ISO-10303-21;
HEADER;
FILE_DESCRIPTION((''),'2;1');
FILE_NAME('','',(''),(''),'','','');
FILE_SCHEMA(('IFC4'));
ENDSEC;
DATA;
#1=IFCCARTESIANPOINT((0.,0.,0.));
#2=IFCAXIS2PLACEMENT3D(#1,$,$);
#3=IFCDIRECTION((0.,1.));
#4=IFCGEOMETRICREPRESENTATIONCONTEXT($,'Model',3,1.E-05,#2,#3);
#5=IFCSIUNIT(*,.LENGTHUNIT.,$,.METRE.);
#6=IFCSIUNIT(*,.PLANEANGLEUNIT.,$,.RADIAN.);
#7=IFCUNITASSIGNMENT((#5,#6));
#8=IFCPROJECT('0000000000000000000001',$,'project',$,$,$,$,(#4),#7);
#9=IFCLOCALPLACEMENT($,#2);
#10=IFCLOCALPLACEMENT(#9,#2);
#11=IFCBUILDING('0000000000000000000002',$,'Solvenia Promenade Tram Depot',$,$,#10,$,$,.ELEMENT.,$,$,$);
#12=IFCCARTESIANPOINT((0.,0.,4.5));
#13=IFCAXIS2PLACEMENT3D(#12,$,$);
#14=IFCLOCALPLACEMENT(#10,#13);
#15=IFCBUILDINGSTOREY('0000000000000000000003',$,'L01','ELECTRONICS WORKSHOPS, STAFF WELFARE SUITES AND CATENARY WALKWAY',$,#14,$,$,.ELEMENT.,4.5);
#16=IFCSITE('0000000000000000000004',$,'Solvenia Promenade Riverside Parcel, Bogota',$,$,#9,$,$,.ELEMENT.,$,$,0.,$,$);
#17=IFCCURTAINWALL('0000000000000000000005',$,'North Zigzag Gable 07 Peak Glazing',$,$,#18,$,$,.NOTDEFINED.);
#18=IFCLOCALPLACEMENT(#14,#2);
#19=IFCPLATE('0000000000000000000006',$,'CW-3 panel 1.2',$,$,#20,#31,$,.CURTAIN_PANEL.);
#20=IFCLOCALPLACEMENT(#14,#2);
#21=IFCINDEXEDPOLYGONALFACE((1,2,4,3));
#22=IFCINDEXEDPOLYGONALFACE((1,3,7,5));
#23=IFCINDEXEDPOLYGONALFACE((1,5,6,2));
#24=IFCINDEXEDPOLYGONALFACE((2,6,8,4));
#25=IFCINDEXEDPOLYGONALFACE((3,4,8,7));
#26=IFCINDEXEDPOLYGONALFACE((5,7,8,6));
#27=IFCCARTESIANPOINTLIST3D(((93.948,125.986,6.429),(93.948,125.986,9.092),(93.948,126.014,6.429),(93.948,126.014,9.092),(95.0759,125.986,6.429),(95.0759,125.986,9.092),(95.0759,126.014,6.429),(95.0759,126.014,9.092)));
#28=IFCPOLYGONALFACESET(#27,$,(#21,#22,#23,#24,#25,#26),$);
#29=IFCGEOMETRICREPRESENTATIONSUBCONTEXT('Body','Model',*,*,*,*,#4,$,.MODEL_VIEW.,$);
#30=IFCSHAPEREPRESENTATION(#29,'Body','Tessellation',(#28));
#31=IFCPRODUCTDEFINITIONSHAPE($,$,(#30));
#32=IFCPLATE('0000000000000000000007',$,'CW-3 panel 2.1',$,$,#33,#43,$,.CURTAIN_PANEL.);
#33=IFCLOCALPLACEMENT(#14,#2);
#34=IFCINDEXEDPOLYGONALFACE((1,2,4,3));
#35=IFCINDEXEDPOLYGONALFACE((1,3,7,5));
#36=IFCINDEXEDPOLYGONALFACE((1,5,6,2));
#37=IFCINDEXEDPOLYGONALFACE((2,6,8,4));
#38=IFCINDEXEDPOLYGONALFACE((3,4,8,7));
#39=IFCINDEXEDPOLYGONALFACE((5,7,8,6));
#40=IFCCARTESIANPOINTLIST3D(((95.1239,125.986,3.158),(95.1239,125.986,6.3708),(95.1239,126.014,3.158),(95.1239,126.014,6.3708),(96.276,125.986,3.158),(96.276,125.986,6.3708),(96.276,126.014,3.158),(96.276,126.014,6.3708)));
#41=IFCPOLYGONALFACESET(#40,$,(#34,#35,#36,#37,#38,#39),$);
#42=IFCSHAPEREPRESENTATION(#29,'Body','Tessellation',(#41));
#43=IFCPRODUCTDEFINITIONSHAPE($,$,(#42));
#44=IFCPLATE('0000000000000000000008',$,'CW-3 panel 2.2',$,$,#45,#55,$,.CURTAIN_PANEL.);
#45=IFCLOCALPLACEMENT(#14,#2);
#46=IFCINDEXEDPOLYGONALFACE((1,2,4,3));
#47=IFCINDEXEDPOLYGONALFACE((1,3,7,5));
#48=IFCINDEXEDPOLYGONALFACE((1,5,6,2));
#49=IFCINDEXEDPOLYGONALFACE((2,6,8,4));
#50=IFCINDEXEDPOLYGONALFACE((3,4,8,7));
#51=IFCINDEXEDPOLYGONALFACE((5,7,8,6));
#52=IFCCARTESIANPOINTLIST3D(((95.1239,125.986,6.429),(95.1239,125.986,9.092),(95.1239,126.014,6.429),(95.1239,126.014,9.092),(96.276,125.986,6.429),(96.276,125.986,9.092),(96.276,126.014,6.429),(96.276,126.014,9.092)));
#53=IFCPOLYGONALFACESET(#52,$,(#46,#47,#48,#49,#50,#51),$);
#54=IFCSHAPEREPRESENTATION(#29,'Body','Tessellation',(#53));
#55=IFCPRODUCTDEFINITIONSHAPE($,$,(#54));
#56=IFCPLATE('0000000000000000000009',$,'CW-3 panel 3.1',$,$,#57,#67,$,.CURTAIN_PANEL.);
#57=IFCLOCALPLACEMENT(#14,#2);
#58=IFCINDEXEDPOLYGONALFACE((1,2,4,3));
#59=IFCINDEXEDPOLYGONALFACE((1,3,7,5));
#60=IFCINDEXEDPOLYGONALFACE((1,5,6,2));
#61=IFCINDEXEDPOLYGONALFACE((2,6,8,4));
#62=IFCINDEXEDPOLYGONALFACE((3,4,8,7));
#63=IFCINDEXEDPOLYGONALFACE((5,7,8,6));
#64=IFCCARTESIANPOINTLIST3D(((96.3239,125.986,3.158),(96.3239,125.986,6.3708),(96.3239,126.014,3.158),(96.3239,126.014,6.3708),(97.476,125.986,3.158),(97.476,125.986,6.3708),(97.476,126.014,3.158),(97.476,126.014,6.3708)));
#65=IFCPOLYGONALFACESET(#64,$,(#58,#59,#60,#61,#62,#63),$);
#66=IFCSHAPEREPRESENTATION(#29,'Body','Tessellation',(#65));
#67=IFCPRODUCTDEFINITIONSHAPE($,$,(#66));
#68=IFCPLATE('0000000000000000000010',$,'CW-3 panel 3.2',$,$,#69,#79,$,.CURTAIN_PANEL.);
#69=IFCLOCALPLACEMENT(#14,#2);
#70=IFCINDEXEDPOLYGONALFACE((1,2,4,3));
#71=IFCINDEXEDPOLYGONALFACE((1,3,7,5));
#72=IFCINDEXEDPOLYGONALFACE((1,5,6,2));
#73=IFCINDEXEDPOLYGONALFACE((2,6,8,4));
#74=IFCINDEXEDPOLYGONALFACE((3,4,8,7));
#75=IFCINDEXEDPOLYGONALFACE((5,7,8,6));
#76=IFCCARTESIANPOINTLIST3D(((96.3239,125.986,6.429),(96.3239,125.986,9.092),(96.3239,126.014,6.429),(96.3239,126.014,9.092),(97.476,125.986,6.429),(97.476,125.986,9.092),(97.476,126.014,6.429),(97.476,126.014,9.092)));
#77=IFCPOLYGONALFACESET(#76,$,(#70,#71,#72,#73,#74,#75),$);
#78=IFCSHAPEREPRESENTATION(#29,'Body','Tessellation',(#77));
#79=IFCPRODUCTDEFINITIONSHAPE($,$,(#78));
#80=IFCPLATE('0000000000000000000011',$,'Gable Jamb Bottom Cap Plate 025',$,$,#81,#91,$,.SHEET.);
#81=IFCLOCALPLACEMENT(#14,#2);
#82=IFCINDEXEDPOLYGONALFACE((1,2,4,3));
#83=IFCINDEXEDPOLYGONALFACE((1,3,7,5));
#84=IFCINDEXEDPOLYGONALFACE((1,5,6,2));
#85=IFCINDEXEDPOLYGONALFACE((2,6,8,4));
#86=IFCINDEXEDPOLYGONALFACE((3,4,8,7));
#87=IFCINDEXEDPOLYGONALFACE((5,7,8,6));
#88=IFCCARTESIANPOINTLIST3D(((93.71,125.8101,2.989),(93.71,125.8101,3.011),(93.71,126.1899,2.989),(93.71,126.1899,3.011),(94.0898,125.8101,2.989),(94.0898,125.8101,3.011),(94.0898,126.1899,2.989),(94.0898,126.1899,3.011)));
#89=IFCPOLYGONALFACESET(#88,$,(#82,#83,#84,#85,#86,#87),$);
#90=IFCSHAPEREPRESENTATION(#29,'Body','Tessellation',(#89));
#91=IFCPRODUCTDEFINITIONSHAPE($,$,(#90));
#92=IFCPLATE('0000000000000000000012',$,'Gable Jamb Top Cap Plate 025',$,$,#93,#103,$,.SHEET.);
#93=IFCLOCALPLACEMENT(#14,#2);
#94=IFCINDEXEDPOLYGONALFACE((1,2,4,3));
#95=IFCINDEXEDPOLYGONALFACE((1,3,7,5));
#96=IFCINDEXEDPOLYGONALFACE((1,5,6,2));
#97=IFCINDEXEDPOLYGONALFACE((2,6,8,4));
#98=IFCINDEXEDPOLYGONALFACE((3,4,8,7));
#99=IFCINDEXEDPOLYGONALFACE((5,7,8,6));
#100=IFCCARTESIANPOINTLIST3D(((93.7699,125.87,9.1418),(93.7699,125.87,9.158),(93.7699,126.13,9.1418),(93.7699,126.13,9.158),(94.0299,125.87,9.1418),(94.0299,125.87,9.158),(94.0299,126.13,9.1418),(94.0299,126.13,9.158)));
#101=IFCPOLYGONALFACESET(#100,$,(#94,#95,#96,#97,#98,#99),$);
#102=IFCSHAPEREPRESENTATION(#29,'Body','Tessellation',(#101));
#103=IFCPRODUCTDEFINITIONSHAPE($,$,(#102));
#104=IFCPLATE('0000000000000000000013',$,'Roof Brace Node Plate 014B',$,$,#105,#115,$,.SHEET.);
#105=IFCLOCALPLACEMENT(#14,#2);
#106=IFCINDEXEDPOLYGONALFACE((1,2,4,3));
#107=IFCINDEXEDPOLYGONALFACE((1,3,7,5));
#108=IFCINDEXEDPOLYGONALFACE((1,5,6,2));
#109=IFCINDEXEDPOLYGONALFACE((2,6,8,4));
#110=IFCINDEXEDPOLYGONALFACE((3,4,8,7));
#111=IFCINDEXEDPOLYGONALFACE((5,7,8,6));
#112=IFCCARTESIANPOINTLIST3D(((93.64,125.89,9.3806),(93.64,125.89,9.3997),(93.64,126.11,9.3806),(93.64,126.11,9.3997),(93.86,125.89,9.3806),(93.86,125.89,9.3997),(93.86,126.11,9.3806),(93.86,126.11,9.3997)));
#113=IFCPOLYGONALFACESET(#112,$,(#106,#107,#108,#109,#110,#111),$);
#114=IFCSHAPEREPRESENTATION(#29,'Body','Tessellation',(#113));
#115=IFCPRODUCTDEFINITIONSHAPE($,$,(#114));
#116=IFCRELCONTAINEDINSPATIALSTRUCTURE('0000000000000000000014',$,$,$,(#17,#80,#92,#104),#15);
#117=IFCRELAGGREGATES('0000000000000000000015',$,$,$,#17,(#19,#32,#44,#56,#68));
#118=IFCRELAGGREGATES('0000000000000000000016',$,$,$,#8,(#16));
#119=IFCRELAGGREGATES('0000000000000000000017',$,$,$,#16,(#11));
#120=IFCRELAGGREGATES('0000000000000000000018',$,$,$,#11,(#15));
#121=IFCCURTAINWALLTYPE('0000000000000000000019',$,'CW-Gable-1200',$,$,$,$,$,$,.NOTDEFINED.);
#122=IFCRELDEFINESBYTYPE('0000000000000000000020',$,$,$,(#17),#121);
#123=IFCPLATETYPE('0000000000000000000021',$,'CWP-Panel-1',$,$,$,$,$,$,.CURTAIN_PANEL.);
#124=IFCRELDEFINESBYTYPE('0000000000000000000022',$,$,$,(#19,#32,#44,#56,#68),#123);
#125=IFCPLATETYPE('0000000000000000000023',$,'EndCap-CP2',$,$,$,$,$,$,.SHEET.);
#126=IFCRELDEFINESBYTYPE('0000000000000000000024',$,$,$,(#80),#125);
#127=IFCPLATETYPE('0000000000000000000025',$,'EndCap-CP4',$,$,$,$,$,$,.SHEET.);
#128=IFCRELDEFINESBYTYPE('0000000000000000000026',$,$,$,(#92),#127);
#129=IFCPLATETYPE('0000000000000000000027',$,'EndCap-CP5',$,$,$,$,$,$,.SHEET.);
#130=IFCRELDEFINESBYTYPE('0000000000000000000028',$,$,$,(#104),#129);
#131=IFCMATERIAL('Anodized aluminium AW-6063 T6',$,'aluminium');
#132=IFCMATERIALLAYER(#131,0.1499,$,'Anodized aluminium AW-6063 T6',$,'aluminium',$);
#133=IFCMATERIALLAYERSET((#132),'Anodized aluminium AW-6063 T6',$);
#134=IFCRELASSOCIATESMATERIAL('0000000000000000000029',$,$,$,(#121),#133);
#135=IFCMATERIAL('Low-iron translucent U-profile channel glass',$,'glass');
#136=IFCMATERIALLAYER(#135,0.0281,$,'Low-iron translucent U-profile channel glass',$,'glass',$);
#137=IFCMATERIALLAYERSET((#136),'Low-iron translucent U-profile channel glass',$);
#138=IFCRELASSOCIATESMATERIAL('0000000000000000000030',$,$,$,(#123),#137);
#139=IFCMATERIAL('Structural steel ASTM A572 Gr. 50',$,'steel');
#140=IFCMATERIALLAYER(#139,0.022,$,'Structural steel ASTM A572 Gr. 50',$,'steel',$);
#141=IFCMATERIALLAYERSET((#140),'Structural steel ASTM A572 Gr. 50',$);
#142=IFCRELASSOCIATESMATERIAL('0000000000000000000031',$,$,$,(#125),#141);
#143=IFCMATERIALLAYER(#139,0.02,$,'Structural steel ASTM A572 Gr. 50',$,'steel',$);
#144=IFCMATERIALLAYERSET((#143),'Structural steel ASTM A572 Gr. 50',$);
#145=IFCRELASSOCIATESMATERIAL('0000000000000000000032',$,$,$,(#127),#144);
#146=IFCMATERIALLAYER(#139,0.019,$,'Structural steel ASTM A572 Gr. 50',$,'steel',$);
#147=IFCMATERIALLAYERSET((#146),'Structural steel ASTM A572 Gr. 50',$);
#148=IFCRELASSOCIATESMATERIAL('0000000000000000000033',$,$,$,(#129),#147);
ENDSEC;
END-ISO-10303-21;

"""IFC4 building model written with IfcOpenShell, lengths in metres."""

from ifc_helpers import new_model, si_unit, direction, frame, origin, origin_2d, place, context, subcontext, project, spatial, rectangle, extrude, material, layer, layer_set, type_object, element, aggregate, save


model = new_model("IFC4")

# Units and contexts
model_context = context("Model", 3, precision=1e-05, world=origin(), true_north=direction((0.0, 1.0)))
body_context = subcontext(model_context, "Body", "Model", "MODEL_VIEW")
ifc_project = project(units=[si_unit("LENGTHUNIT", "METRE"), si_unit("PLANEANGLEUNIT", "RADIAN")], contexts=[model_context])

# Site, building, storey
site_placement = place(None, origin())
site = spatial("IfcSite", under=ifc_project, at=site_placement, Name="Solvenia Promenade Riverside Parcel, Bogota", CompositionType="ELEMENT", RefElevation=0.0)
building_placement = place(site_placement, origin())
building = spatial("IfcBuilding", under=site, at=building_placement, Name="Solvenia Promenade Tram Depot", CompositionType="ELEMENT")
storey_placement = place(building_placement, frame((0.0, 0.0, 4.5)))
storey = spatial("IfcBuildingStorey", under=building, at=storey_placement, Name="L01", Description="ELECTRONICS WORKSHOPS, STAFF WELFARE SUITES AND CATENARY WALKWAY", CompositionType="ELEMENT", Elevation=4.5)

# Curtain wall
ifc_material_1 = material(Name="Anodized aluminium AW-6063 T6", Category="aluminium")
ifc_layer_1 = layer(ifc_material_1, 0.1499, Name="Anodized aluminium AW-6063 T6", Category="aluminium")
ifc_layer_set_1 = layer_set([ifc_layer_1], Name="Anodized aluminium AW-6063 T6")
curtain_wall_type = type_object("IfcCurtainWallType", Name="CW-Gable-1200", PredefinedType="NOTDEFINED", material=ifc_layer_set_1)
curtain_wall_placement = place(storey_placement, origin())
curtain_wall = element("IfcCurtainWall", 1, at=curtain_wall_placement, inside=storey, type_object=curtain_wall_type, Name="North Zigzag Gable 07 Peak Glazing", PredefinedType="NOTDEFINED")

# Plates
ifc_material_2 = material(Name="Low-iron translucent U-profile channel glass", Category="glass")
ifc_layer_2 = layer(ifc_material_2, 0.0281, Name="Low-iron translucent U-profile channel glass", Category="glass")
ifc_layer_set_2 = layer_set([ifc_layer_2], Name="Low-iron translucent U-profile channel glass")
plate_type_1 = type_object("IfcPlateType", Name="CWP-Panel-1", PredefinedType="CURTAIN_PANEL", material=ifc_layer_set_2)
plate_1_placement = place(storey_placement, frame((94.512, 126.0, 6.429), z_axis=(0.0, 0.0, 1.0), x_axis=(1.0, 0.0, 0.0)))
plate_1 = element("IfcPlate", 2, at=plate_1_placement, type_object=plate_type_1, Name="CW-3 panel 1.2", PredefinedType="CURTAIN_PANEL", context=body_context, shape_type="SweptSolid", body=[
    extrude(rectangle(XDim=1.1279, YDim=0.0281, at=origin_2d()), origin(), (0.0, 0.0, 1.0), 2.6631),
])
plate_2_placement = place(storey_placement, frame((95.7, 126.0, 3.158), z_axis=(0.0, 0.0, 1.0), x_axis=(1.0, 0.0, 0.0)))
plate_2 = element("IfcPlate", 3, at=plate_2_placement, type_object=plate_type_1, Name="CW-3 panel 2.1", PredefinedType="CURTAIN_PANEL", context=body_context, shape_type="SweptSolid", body=[
    extrude(rectangle(XDim=1.1521, YDim=0.0281, at=origin_2d()), origin(), (0.0, 0.0, 1.0), 3.2129),
])
plate_3_placement = place(storey_placement, frame((95.7, 126.0, 6.429), z_axis=(0.0, 0.0, 1.0), x_axis=(1.0, 0.0, 0.0)))
plate_3 = element("IfcPlate", 4, at=plate_3_placement, type_object=plate_type_1, Name="CW-3 panel 2.2", PredefinedType="CURTAIN_PANEL", context=body_context, shape_type="SweptSolid", body=[
    extrude(rectangle(XDim=1.1521, YDim=0.0281, at=origin_2d()), origin(), (0.0, 0.0, 1.0), 2.6631),
])
plate_4_placement = place(storey_placement, frame((96.8999, 126.0, 3.158), z_axis=(0.0, 0.0, 1.0), x_axis=(1.0, 0.0, 0.0)))
plate_4 = element("IfcPlate", 5, at=plate_4_placement, type_object=plate_type_1, Name="CW-3 panel 3.1", PredefinedType="CURTAIN_PANEL", context=body_context, shape_type="SweptSolid", body=[
    extrude(rectangle(XDim=1.1521, YDim=0.0281, at=origin_2d()), origin(), (0.0, 0.0, 1.0), 3.2129),
])
plate_5_placement = place(storey_placement, frame((96.8999, 126.0, 6.429), z_axis=(0.0, 0.0, 1.0), x_axis=(1.0, 0.0, 0.0)))
plate_5 = element("IfcPlate", 6, at=plate_5_placement, type_object=plate_type_1, Name="CW-3 panel 3.2", PredefinedType="CURTAIN_PANEL", context=body_context, shape_type="SweptSolid", body=[
    extrude(rectangle(XDim=1.1521, YDim=0.0281, at=origin_2d()), origin(), (0.0, 0.0, 1.0), 2.6631),
])
aggregate(curtain_wall, [plate_1, plate_2, plate_3, plate_4, plate_5])

# Plates
ifc_material_3 = material(Name="Structural steel ASTM A572 Gr. 50", Category="steel")
ifc_layer_3 = layer(ifc_material_3, 0.022, Name="Structural steel ASTM A572 Gr. 50", Category="steel")
ifc_layer_set_3 = layer_set([ifc_layer_3], Name="Structural steel ASTM A572 Gr. 50")
plate_type_2 = type_object("IfcPlateType", Name="EndCap-CP2", PredefinedType="SHEET", material=ifc_layer_set_3)
plate_6_placement = place(storey_placement, frame((93.8999, 126.0, 2.989), z_axis=(0.0, 0.0, 1.0), x_axis=(1.0, 0.0, 0.0)))
element("IfcPlate", 7, at=plate_6_placement, inside=storey, type_object=plate_type_2, Name="Gable Jamb Bottom Cap Plate 025", PredefinedType="SHEET", context=body_context, shape_type="SweptSolid", body=[
    extrude(rectangle(XDim=0.3799, YDim=0.3799, at=origin_2d()), origin(), (0.0, 0.0, 1.0), 0.022),
])
ifc_layer_4 = layer(ifc_material_3, 0.02, Name="Structural steel ASTM A572 Gr. 50", Category="steel")
ifc_layer_set_4 = layer_set([ifc_layer_4], Name="Structural steel ASTM A572 Gr. 50")
plate_type_3 = type_object("IfcPlateType", Name="EndCap-CP4", PredefinedType="SHEET", material=ifc_layer_set_4)
plate_7_placement = place(storey_placement, frame((93.8999, 126.0, 9.1418), z_axis=(0.0, 0.0, 1.0), x_axis=(1.0, 0.0, 0.0)))
element("IfcPlate", 8, at=plate_7_placement, inside=storey, type_object=plate_type_3, Name="Gable Jamb Top Cap Plate 025", PredefinedType="SHEET", context=body_context, shape_type="SweptSolid", body=[
    extrude(rectangle(XDim=0.26, YDim=0.26, at=origin_2d()), origin(), (0.0, 0.0, 1.0), 0.0161),
])
ifc_layer_5 = layer(ifc_material_3, 0.019, Name="Structural steel ASTM A572 Gr. 50", Category="steel")
ifc_layer_set_5 = layer_set([ifc_layer_5], Name="Structural steel ASTM A572 Gr. 50")
plate_type_4 = type_object("IfcPlateType", Name="EndCap-CP5", PredefinedType="SHEET", material=ifc_layer_set_5)
plate_8_placement = place(storey_placement, frame((93.75, 126.0, 9.3806), z_axis=(0.0, 0.0, 1.0), x_axis=(1.0, 0.0, 0.0)))
element("IfcPlate", 9, at=plate_8_placement, inside=storey, type_object=plate_type_4, Name="Roof Brace Node Plate 014B", PredefinedType="SHEET", context=body_context, shape_type="SweptSolid", body=[
    extrude(rectangle(XDim=0.22, YDim=0.22, at=origin_2d()), origin(), (0.0, 0.0, 1.0), 0.019),
])

save(model, "model.ifc")
